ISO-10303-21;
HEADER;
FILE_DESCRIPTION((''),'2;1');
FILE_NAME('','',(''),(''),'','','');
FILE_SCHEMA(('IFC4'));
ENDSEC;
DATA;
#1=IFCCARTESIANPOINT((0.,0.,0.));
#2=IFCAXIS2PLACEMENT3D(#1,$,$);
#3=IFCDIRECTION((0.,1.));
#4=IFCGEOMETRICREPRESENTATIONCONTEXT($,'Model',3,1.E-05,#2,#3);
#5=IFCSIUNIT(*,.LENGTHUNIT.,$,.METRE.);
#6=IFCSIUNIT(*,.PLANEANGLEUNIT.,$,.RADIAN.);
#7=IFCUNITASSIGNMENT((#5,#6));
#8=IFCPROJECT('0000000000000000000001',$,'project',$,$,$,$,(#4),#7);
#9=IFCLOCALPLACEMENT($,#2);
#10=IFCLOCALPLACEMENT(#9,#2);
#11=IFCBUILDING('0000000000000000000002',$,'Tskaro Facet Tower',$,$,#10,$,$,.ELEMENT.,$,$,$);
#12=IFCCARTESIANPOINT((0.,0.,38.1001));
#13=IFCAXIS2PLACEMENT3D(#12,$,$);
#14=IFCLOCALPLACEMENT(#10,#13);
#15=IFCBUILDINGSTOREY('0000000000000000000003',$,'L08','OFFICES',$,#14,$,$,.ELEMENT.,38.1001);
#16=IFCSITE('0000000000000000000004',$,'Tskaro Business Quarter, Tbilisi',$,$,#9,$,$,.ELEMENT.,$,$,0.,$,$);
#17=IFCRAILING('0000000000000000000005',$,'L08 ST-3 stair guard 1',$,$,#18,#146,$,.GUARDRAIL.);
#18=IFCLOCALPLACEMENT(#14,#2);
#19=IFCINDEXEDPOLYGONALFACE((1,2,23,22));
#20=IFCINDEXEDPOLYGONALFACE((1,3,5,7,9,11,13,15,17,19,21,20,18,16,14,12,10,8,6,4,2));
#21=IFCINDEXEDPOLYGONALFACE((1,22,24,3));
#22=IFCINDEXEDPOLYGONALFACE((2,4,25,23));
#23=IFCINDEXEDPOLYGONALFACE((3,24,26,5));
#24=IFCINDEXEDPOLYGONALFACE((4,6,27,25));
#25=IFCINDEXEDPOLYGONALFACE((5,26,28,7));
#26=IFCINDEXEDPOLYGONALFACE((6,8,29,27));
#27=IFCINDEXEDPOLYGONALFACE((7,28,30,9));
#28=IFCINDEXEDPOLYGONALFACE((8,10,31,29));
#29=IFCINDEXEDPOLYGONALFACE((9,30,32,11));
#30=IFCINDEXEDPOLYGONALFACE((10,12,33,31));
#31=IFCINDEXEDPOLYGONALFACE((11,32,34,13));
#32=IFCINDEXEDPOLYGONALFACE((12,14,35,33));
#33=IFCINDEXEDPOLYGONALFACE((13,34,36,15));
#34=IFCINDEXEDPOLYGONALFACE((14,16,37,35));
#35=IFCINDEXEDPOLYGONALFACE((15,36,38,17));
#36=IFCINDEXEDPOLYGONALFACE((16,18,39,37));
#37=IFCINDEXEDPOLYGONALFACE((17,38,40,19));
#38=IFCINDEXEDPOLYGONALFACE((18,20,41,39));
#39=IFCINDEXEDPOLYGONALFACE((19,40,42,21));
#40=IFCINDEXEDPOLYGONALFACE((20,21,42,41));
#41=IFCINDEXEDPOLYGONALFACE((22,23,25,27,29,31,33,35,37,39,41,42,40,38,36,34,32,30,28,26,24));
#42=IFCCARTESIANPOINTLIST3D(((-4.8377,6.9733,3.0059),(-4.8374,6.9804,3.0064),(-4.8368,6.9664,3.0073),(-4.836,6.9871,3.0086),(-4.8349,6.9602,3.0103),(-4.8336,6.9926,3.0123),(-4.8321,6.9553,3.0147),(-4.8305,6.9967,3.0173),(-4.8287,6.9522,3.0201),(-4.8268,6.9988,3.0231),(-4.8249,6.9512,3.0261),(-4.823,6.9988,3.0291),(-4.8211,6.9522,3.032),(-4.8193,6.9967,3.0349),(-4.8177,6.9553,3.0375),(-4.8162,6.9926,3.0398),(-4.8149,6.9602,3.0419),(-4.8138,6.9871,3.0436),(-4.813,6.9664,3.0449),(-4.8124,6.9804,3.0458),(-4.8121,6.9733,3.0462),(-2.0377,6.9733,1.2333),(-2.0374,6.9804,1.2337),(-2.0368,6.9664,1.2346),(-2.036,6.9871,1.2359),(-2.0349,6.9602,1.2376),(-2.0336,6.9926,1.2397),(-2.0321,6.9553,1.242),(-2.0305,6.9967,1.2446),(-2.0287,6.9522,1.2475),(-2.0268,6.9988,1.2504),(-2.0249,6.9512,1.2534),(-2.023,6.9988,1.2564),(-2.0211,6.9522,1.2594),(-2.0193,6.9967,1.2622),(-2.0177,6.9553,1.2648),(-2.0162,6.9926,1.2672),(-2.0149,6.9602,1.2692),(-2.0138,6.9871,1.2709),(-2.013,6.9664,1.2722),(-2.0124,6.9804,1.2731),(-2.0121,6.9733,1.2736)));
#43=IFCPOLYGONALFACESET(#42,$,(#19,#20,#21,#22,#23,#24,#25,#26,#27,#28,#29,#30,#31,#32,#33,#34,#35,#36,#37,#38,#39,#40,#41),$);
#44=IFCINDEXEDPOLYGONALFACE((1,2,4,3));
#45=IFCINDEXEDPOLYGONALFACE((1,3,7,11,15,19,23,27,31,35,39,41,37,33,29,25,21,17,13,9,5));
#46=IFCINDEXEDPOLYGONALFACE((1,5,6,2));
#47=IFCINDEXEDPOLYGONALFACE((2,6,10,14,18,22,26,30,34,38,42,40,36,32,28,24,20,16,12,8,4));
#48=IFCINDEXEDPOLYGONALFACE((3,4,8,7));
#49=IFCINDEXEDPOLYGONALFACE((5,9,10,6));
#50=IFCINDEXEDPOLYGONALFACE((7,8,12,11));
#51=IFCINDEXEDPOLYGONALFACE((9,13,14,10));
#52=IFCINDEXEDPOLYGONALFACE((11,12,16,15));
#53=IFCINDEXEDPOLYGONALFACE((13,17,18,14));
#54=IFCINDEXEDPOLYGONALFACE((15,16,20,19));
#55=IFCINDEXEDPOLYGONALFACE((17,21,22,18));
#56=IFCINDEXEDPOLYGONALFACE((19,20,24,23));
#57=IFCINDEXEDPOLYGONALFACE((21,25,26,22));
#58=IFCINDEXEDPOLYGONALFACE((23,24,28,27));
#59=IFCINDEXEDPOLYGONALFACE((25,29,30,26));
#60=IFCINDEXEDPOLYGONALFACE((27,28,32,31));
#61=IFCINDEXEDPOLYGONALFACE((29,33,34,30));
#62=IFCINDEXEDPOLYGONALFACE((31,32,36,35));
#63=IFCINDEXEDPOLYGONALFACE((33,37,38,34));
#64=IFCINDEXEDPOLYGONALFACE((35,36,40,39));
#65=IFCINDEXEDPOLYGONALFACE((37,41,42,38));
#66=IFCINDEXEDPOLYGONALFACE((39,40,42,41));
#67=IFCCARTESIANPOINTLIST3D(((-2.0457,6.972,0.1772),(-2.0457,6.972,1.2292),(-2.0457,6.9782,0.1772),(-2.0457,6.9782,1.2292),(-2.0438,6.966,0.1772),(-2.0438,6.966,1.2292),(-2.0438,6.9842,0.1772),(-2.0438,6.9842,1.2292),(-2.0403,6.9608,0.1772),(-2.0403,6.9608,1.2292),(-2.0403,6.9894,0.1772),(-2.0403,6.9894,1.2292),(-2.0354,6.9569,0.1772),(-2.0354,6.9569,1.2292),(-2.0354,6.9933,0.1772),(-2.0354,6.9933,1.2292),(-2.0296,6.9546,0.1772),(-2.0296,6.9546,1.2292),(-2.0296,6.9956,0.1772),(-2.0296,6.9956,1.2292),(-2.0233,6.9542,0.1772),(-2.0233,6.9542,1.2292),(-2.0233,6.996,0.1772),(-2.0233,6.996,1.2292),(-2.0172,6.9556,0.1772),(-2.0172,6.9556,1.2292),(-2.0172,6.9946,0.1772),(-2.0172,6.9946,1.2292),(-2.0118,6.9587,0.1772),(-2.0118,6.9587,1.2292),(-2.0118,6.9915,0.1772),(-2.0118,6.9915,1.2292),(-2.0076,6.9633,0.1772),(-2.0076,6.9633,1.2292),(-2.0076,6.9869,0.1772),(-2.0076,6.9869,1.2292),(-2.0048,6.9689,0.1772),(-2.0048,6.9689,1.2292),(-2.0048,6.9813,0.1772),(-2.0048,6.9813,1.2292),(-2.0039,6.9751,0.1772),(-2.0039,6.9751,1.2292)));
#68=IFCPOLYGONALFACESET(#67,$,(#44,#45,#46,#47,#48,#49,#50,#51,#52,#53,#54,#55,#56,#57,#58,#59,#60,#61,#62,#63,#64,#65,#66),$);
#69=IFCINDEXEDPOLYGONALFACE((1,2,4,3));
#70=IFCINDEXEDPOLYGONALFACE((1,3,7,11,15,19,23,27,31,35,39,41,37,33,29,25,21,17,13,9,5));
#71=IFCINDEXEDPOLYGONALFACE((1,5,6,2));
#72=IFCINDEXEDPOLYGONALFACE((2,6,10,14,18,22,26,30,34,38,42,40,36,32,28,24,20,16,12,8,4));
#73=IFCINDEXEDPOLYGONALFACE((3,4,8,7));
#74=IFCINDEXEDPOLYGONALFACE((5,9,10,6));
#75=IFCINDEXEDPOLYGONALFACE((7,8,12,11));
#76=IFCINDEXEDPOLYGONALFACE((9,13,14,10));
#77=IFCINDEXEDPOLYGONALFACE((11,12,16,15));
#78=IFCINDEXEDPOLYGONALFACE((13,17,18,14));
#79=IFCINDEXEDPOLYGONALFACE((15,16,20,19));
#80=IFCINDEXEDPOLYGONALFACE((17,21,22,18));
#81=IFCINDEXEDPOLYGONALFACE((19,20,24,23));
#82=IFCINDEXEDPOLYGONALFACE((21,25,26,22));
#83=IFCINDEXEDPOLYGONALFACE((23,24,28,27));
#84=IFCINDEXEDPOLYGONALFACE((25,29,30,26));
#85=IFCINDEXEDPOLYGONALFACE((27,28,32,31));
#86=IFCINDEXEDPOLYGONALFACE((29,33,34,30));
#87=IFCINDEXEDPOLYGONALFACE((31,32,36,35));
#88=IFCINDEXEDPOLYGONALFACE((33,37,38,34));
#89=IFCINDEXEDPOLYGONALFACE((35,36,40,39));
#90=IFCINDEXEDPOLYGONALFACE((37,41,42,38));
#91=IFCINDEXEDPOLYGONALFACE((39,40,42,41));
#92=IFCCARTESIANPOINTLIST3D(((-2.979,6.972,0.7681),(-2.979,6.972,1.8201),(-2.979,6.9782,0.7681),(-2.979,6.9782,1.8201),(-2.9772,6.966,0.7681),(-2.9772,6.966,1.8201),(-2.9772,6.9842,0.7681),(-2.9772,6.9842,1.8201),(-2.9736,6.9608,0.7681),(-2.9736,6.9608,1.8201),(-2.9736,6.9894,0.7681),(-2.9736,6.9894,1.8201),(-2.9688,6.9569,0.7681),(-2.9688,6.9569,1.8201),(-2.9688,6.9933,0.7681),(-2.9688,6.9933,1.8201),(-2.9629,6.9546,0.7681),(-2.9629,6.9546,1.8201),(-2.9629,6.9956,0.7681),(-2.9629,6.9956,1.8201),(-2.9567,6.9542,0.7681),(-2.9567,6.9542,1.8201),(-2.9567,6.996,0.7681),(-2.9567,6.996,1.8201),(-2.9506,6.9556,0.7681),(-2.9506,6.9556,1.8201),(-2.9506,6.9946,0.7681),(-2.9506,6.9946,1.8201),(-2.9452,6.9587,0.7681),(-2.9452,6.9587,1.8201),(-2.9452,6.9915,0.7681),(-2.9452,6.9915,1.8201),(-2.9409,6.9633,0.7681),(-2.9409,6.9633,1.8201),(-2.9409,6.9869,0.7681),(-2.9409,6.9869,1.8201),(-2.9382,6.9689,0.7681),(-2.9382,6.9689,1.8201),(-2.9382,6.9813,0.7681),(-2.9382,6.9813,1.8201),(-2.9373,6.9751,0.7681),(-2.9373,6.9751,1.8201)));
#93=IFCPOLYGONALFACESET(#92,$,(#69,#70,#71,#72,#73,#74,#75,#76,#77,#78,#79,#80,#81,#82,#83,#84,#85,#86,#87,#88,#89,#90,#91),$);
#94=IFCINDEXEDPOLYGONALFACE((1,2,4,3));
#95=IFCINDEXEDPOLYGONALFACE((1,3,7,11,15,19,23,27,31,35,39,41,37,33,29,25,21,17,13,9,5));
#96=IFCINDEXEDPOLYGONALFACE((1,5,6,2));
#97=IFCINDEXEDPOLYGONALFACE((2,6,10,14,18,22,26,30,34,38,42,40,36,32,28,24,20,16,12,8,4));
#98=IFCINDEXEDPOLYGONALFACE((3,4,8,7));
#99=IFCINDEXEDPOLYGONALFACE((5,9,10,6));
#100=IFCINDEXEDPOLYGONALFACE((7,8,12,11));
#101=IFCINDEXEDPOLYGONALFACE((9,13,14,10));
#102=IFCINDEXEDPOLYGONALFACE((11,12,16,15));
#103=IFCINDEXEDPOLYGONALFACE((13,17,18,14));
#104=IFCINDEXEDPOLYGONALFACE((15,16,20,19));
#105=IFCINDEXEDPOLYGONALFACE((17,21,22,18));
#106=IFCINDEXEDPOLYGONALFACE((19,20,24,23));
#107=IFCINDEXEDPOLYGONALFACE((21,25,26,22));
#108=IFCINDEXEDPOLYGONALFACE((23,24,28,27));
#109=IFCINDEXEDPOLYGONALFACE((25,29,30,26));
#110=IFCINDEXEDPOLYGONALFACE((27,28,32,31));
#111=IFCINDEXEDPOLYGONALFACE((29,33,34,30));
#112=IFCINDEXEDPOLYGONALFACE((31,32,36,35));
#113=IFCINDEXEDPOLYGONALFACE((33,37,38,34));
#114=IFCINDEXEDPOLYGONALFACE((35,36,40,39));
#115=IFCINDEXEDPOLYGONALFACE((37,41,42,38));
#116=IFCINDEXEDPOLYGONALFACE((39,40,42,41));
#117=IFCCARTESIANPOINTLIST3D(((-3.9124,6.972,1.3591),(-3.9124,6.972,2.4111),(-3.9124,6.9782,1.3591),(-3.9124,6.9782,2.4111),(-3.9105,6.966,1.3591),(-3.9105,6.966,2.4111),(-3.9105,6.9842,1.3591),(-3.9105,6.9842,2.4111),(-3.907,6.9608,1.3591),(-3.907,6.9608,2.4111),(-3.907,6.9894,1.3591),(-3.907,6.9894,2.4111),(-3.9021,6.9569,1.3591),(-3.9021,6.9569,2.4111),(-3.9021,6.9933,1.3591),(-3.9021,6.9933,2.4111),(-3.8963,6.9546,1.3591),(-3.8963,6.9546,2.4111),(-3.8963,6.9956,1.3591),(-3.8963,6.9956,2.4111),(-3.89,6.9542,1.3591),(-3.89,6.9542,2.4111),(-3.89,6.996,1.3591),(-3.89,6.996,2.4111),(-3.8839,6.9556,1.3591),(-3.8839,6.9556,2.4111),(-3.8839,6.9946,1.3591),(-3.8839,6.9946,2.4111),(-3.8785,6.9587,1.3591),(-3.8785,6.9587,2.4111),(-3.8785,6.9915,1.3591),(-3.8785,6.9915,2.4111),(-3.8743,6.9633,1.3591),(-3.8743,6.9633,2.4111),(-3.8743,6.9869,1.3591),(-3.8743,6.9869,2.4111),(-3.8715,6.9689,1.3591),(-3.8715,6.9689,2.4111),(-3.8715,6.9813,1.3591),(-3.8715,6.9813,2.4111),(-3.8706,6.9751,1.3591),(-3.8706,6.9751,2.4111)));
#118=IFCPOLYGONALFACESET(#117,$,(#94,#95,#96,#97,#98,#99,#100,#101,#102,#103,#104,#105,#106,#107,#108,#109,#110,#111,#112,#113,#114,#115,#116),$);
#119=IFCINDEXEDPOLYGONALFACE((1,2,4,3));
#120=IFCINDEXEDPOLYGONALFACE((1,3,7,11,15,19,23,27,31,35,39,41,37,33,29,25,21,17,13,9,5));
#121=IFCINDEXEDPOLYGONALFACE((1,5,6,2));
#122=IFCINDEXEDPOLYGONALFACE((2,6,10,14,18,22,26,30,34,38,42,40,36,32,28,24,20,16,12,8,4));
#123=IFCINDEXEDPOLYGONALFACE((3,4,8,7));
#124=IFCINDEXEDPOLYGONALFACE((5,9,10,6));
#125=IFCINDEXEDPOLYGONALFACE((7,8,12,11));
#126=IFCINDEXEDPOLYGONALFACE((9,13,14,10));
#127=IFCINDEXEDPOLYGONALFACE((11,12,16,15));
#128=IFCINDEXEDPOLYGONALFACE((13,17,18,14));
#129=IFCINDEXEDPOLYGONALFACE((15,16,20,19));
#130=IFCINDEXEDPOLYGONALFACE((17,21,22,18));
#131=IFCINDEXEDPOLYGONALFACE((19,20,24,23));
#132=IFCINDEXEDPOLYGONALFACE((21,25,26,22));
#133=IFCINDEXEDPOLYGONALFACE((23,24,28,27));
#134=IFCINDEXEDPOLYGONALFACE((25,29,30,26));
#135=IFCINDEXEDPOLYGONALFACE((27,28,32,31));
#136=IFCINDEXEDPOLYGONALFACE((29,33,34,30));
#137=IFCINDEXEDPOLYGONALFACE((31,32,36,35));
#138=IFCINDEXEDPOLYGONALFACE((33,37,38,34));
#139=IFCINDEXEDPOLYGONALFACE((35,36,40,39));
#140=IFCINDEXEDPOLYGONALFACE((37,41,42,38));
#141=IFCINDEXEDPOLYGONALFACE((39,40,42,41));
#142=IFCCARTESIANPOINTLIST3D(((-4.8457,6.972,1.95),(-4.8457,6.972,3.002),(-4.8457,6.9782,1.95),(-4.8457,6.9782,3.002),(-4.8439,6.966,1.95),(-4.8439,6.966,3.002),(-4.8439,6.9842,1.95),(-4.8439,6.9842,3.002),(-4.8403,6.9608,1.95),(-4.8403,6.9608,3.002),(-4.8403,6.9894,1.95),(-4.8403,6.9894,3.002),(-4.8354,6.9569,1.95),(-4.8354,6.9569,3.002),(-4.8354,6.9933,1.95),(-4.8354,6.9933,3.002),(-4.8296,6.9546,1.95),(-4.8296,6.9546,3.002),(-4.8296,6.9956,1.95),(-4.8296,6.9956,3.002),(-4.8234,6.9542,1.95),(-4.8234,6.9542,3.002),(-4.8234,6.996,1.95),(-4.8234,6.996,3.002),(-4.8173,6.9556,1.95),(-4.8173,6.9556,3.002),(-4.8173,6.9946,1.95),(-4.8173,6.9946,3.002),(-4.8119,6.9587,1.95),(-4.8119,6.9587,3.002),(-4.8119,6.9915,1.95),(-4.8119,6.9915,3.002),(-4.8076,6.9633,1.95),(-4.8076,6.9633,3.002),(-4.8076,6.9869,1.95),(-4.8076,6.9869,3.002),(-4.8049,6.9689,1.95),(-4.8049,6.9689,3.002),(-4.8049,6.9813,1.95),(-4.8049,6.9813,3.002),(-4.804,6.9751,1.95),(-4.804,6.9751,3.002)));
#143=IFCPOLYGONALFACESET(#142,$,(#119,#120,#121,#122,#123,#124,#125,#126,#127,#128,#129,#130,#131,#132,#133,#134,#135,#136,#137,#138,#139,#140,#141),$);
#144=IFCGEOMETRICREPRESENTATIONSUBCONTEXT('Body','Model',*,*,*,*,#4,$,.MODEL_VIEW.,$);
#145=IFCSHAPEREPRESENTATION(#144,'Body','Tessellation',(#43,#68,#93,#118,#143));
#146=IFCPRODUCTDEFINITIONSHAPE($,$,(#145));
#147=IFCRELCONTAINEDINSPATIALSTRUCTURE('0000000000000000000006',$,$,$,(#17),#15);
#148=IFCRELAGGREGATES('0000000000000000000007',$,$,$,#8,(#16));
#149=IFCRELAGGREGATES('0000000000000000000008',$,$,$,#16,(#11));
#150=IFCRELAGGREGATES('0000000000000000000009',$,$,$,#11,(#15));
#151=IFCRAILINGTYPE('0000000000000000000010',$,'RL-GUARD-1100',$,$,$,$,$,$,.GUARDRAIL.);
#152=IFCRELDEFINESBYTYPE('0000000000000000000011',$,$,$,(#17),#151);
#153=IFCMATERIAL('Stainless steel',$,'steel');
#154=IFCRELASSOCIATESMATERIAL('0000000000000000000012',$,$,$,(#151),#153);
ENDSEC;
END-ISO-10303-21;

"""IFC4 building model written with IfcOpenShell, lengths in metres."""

from ifc_helpers import new_model, si_unit, direction, frame, origin, origin_2d, place, context, subcontext, project, spatial, circle, extrude, material, type_object, element, save


model = new_model("IFC4")

# Units and contexts
model_context = context("Model", 3, precision=1e-05, world=origin(), true_north=direction((0.0, 1.0)))
body_context = subcontext(model_context, "Body", "Model", "MODEL_VIEW")
ifc_project = project(units=[si_unit("LENGTHUNIT", "METRE"), si_unit("PLANEANGLEUNIT", "RADIAN")], contexts=[model_context])

# Site, building, storey
site_placement = place(None, origin())
site = spatial("IfcSite", under=ifc_project, at=site_placement, Name="Tskaro Business Quarter, Tbilisi", CompositionType="ELEMENT", RefElevation=0.0)
building_placement = place(site_placement, origin())
building = spatial("IfcBuilding", under=site, at=building_placement, Name="Tskaro Facet Tower", CompositionType="ELEMENT")
storey_placement = place(building_placement, frame((0.0, 0.0, 38.1001)))
storey = spatial("IfcBuildingStorey", under=building, at=storey_placement, Name="L08", Description="OFFICES", CompositionType="ELEMENT", Elevation=38.1001)

# Railing
ifc_material_1 = material(Name="Stainless steel", Category="steel")
railing_type_1 = type_object("IfcRailingType", Name="RL-GUARD-1100", PredefinedType="GUARDRAIL", material=ifc_material_1)
railing_1_placement = place(storey_placement, frame((-2.0249, 6.9751, 0.1772)))
element("IfcRailing", 1, at=railing_1_placement, inside=storey, type_object=railing_type_1, Name="L08 ST-3 stair guard 1", PredefinedType="GUARDRAIL", context=body_context, shape_type="SweptSolid", body=[
    extrude(circle(Radius=0.0239, at=origin_2d()), frame((0.0, 0.0, 1.0762), z_axis=(-0.844909, 0.0, 0.53491), x_axis=(0.0, -1.0, 0.0)), (0.0, 0.0, 1.0), 3.314),
    extrude(circle(Radius=0.021, at=origin_2d()), origin(), (0.0, 0.0, 1.0), 1.052),
    extrude(circle(Radius=0.021, at=origin_2d()), frame((-0.9333, 0.0, 0.5908)), (0.0, 0.0, 1.0), 1.052),
    extrude(circle(Radius=0.021, at=origin_2d()), frame((-1.8667, 0.0, 1.1819)), (0.0, 0.0, 1.0), 1.052),
    extrude(circle(Radius=0.021, at=origin_2d()), frame((-2.8, 0.0, 1.7727)), (0.0, 0.0, 1.0), 1.052),
])

save(model, "model.ifc")
